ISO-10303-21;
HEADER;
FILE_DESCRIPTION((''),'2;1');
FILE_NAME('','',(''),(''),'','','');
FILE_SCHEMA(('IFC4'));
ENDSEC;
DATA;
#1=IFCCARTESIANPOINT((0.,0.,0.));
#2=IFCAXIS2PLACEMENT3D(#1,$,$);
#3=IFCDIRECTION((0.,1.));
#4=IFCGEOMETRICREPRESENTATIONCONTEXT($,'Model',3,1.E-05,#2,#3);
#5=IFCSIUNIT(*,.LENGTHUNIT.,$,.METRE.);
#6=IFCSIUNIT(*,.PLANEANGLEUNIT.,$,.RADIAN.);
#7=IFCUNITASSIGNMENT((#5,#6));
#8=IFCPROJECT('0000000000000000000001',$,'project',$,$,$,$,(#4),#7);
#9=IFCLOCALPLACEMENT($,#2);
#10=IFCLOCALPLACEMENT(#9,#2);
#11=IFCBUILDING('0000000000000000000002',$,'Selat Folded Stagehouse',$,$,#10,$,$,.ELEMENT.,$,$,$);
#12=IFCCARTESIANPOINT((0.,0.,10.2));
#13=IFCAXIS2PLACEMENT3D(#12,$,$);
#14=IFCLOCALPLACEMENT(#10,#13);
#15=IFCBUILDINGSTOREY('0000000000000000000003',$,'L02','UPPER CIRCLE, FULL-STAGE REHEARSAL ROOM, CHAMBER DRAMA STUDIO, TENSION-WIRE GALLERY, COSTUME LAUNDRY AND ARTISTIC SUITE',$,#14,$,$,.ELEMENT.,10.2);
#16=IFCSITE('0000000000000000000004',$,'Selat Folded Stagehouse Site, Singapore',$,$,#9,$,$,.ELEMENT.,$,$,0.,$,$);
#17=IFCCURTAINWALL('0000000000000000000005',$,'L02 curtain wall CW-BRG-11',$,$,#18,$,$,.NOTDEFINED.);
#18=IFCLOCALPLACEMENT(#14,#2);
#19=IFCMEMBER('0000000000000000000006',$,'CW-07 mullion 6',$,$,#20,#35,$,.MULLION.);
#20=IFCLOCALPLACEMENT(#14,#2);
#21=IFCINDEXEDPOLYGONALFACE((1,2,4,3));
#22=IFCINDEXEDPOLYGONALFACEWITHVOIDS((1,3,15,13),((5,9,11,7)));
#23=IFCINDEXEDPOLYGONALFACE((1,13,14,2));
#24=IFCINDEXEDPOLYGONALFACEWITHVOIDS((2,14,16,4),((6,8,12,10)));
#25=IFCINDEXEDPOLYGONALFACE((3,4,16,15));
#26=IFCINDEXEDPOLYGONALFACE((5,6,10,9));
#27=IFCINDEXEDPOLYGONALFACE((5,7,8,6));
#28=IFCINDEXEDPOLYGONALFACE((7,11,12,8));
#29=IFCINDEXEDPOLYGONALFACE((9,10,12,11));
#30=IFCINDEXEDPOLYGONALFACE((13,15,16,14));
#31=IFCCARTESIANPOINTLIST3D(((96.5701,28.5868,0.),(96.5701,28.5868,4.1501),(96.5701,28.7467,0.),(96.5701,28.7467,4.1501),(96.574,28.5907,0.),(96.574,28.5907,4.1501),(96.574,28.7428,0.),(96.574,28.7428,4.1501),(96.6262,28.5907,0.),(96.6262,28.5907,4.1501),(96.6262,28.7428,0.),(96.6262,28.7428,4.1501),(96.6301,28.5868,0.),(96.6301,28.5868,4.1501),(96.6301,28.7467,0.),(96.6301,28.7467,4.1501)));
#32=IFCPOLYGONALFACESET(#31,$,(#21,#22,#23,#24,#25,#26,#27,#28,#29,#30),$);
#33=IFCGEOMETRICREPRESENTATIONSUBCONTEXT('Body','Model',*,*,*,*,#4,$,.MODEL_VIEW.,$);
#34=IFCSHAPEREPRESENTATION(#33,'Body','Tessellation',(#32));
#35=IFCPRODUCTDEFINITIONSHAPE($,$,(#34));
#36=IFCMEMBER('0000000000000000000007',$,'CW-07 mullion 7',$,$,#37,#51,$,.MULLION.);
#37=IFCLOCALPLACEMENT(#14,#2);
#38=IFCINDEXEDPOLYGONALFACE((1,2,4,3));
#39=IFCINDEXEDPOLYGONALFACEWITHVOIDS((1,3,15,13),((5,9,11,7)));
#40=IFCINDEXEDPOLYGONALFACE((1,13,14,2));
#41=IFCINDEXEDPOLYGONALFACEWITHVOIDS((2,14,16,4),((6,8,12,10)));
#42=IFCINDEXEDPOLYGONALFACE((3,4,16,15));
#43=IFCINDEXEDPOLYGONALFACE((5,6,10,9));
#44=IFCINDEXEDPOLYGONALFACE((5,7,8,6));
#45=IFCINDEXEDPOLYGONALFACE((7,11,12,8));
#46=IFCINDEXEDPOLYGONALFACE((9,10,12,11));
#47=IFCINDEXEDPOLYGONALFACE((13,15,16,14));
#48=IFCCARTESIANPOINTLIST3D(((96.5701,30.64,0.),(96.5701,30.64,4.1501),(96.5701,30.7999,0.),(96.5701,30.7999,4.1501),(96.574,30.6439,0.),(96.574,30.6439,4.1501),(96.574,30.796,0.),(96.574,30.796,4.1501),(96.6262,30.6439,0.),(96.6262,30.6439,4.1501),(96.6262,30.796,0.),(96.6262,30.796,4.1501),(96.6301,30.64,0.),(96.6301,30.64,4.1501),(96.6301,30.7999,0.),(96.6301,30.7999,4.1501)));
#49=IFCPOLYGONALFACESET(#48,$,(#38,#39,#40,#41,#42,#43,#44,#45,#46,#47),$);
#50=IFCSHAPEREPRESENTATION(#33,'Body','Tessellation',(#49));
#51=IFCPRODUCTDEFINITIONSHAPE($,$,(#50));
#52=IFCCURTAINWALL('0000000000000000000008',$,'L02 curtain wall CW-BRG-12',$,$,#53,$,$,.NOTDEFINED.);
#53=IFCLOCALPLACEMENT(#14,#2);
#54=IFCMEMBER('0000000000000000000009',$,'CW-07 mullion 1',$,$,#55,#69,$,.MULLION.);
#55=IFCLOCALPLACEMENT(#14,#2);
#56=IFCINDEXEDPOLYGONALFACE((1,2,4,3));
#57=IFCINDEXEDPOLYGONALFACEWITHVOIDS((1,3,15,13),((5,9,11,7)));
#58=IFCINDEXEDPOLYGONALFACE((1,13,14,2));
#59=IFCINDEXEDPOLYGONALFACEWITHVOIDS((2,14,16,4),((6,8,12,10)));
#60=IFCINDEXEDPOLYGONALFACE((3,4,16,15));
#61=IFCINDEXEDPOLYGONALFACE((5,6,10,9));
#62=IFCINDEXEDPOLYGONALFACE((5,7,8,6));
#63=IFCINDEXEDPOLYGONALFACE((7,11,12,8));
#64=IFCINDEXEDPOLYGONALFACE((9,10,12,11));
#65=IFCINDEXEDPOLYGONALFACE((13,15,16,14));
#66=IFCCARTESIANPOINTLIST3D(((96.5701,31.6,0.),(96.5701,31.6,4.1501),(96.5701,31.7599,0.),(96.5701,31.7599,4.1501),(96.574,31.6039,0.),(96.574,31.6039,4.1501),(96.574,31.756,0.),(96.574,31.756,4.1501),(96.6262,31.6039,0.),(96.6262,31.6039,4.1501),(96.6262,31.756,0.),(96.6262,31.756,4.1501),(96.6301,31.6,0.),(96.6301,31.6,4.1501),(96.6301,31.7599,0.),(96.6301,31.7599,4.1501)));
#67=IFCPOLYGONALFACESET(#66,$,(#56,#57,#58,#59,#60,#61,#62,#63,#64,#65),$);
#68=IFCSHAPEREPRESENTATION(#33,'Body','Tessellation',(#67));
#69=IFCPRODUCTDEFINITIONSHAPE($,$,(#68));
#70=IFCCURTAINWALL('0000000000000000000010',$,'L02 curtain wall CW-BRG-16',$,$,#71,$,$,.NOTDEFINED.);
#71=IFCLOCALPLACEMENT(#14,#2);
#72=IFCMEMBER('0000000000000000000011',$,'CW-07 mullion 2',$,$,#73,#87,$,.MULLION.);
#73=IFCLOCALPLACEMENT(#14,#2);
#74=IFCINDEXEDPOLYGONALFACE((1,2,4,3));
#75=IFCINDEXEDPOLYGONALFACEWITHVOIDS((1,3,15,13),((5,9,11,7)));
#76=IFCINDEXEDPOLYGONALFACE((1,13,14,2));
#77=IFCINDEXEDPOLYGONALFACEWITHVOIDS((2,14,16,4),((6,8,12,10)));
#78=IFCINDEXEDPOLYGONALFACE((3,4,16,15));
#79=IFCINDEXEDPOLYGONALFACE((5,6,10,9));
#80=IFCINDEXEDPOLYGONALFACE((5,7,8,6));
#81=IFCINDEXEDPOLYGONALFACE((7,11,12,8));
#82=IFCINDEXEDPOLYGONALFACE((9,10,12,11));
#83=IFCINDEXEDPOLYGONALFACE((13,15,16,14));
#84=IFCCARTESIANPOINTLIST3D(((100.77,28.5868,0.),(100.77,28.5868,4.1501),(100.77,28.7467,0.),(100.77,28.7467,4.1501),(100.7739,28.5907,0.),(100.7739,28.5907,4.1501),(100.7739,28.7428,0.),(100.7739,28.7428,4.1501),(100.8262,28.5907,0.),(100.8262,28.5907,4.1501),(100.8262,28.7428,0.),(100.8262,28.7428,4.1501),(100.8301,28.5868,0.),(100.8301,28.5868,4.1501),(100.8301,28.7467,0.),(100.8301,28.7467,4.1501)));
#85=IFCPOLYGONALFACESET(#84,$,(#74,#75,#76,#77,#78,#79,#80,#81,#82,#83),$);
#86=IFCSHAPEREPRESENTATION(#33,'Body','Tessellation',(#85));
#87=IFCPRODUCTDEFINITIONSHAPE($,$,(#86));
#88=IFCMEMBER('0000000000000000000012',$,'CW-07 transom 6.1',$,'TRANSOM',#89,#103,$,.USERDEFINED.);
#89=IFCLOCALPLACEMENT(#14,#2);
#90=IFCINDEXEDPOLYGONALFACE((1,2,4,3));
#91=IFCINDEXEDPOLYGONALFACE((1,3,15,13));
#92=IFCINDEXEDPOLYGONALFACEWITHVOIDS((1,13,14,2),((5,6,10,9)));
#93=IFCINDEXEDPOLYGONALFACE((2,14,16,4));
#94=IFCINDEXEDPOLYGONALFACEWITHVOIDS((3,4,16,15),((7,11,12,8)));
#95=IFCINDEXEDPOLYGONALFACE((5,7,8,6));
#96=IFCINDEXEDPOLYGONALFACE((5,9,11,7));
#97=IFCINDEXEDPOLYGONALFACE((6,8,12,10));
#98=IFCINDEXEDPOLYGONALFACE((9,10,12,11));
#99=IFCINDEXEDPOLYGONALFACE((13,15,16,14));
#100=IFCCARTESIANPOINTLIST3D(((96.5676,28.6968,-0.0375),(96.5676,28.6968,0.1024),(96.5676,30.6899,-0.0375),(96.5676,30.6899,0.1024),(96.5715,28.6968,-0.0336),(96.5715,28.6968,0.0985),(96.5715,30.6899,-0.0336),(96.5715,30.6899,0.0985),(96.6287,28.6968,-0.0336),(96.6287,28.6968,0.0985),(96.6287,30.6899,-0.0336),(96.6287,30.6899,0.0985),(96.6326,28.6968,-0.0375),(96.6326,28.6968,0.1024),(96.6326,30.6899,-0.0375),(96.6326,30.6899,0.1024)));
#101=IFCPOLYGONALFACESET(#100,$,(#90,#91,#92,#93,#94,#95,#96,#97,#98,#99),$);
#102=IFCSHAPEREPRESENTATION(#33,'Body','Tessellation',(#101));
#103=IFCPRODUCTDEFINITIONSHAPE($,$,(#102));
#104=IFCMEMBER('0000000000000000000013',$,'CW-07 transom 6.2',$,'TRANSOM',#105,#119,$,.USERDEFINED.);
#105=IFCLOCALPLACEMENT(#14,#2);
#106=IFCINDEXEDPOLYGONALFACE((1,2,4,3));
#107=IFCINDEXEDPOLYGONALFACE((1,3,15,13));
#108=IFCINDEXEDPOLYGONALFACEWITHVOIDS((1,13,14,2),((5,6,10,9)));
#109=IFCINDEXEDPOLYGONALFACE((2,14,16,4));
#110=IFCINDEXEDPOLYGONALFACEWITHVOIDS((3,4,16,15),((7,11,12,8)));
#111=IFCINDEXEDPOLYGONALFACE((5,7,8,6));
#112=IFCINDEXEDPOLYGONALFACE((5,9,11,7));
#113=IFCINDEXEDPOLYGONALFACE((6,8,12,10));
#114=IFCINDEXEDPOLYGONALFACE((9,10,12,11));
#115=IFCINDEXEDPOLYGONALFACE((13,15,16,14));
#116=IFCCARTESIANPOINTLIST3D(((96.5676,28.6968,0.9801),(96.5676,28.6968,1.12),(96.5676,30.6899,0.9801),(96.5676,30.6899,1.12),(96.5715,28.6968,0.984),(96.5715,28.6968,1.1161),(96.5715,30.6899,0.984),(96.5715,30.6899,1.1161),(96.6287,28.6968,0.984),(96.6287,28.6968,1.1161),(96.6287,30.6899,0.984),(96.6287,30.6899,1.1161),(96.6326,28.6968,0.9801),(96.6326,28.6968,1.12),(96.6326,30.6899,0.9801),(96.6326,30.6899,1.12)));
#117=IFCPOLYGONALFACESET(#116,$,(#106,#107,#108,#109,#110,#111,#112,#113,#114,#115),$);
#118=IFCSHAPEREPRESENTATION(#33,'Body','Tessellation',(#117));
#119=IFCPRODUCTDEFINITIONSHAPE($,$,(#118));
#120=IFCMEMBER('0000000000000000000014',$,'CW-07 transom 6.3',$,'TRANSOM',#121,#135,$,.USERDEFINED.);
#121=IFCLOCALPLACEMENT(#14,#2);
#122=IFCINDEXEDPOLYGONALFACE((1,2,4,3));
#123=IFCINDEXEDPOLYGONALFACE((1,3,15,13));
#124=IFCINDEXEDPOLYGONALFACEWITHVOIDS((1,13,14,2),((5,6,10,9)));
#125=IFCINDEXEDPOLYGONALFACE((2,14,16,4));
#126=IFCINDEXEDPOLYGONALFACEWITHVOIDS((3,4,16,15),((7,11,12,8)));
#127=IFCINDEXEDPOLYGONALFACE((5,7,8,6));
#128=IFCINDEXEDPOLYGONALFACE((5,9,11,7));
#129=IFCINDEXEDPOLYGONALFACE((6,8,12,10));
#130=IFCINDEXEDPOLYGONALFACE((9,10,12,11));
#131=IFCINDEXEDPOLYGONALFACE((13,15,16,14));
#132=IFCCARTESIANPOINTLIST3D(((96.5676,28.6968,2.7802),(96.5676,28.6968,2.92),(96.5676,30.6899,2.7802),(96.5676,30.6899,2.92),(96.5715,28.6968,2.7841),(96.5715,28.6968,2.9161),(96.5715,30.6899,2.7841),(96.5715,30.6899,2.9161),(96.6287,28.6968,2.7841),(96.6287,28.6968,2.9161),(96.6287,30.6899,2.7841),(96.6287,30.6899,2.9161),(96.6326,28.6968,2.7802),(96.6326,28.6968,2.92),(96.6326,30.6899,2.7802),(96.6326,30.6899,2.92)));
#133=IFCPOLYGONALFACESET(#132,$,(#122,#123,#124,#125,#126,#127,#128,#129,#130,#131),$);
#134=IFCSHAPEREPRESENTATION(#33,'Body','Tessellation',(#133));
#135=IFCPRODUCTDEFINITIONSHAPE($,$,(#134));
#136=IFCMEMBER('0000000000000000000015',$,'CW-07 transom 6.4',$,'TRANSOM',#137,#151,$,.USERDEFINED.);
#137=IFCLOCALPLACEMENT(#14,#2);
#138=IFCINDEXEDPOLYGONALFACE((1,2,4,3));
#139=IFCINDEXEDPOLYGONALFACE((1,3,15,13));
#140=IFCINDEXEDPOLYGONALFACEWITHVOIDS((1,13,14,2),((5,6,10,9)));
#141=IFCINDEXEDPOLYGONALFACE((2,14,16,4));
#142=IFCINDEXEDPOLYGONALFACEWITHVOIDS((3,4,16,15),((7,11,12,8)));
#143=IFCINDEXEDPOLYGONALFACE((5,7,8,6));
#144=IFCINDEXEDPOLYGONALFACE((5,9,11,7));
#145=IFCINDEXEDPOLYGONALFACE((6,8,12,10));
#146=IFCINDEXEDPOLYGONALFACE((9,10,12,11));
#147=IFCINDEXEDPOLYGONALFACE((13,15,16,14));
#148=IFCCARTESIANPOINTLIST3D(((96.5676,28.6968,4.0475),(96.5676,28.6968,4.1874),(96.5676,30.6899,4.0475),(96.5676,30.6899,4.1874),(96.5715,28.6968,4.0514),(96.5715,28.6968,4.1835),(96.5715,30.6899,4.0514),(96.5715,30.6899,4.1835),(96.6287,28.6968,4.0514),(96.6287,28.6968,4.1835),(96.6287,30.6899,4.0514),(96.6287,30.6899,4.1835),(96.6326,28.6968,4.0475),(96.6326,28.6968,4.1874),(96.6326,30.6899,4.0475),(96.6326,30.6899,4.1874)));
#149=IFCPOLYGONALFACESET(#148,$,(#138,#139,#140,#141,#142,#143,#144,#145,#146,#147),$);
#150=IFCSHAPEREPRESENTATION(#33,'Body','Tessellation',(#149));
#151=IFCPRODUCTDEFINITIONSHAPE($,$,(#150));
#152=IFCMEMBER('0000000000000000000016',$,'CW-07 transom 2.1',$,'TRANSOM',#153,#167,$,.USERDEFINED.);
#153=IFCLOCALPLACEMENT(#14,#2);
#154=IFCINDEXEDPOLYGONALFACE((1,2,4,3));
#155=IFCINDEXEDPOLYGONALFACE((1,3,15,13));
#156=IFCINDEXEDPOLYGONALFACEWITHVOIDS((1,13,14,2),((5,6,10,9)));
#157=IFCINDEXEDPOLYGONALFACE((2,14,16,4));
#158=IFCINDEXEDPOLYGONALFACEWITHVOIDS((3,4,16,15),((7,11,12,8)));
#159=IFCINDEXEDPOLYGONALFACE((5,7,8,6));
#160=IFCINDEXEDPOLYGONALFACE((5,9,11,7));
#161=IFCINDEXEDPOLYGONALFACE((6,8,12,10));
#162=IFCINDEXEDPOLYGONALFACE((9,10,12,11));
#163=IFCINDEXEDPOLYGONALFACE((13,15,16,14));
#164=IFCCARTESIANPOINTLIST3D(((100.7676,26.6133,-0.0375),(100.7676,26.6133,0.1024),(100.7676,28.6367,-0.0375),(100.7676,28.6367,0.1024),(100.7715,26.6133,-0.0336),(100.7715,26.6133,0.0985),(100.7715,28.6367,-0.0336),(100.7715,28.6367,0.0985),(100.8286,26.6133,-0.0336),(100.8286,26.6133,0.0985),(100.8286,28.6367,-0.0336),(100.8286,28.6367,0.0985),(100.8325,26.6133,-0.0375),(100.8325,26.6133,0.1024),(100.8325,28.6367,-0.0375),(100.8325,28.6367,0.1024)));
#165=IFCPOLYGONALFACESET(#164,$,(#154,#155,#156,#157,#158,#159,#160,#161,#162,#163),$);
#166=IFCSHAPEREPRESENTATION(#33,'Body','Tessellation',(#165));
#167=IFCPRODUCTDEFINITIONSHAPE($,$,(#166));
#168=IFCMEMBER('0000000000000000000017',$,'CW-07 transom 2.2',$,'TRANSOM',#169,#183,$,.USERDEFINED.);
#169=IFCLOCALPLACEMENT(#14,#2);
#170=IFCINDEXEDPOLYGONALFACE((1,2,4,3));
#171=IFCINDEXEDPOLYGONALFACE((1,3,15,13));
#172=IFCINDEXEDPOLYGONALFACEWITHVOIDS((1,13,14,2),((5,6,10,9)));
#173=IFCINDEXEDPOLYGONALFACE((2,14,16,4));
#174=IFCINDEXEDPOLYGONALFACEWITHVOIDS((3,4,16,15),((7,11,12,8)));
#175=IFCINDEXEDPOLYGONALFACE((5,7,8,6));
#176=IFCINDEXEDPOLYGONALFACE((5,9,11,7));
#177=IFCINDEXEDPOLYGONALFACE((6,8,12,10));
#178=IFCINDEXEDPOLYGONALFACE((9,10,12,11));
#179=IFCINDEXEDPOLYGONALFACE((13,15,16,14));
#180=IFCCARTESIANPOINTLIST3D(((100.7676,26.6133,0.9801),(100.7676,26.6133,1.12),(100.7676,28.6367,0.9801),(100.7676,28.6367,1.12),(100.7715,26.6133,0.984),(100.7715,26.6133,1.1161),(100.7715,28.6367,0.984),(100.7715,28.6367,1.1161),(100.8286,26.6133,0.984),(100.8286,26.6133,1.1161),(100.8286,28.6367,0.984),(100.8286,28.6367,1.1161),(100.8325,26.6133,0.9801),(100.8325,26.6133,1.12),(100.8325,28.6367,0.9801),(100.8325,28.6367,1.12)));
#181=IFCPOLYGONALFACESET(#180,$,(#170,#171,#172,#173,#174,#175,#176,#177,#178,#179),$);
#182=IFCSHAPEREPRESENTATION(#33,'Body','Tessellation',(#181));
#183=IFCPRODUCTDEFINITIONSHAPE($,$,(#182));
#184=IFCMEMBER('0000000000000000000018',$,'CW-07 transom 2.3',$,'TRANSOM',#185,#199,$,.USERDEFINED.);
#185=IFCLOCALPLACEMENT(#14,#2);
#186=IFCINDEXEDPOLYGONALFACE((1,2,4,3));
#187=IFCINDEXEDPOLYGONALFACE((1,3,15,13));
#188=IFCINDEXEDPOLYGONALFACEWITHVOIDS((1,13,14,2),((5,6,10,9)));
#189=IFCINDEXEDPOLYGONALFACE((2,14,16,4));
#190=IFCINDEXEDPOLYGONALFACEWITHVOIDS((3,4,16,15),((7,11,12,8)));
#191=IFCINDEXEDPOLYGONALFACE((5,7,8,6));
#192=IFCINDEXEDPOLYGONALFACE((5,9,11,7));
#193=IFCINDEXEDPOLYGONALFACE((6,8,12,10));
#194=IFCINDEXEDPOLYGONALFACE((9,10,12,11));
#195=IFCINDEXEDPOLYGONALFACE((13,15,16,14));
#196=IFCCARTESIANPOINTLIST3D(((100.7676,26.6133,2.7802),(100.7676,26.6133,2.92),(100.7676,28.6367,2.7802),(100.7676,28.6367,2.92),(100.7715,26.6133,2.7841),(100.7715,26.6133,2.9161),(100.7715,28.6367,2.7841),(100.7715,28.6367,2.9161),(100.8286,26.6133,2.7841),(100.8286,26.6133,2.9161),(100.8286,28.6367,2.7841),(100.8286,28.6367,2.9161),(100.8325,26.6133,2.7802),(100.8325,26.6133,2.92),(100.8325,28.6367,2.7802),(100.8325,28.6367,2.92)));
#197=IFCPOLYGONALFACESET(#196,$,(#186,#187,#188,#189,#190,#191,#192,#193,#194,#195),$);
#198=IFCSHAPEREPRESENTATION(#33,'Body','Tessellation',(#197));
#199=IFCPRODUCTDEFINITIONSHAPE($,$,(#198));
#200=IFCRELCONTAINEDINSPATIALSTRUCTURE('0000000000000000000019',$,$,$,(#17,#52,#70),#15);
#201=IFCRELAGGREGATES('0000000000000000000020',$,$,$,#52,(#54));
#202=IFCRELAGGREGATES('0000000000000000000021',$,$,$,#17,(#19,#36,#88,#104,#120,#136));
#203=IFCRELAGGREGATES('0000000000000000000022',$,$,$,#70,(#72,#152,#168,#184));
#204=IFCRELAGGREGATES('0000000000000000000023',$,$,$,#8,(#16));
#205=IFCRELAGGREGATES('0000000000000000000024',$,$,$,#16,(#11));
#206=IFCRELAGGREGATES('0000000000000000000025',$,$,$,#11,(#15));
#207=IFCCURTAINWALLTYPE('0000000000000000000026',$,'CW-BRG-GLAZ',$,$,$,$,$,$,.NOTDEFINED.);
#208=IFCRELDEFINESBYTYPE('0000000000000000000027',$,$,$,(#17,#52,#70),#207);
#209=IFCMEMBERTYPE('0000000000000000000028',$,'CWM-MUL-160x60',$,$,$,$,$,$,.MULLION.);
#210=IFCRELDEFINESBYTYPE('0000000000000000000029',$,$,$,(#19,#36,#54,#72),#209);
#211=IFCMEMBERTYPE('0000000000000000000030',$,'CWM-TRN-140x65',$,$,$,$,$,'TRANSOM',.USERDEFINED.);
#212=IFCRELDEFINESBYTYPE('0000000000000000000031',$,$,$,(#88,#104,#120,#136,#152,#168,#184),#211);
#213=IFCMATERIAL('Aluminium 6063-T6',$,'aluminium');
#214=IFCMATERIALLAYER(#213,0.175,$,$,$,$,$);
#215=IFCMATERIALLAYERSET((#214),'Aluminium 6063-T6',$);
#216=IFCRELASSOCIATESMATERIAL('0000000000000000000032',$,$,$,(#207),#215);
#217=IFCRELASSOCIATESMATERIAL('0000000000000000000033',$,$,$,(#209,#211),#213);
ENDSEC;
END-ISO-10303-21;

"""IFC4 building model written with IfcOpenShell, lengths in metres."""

from ifc_helpers import new_model, si_unit, direction, frame, origin, origin_2d, place, context, subcontext, project, spatial, hollow_rectangle, extrude, material, layer, layer_set, material_profile, profile_set, type_object, element, aggregate, save


model = new_model("IFC4")

# Units and contexts
model_context = context("Model", 3, precision=1e-05, world=origin(), true_north=direction((0.0, 1.0)))
body_context = subcontext(model_context, "Body", "Model", "MODEL_VIEW")
ifc_project = project(units=[si_unit("LENGTHUNIT", "METRE"), si_unit("PLANEANGLEUNIT", "RADIAN")], contexts=[model_context])

# Site, building, storey
site_placement = place(None, origin())
site = spatial("IfcSite", under=ifc_project, at=site_placement, Name="Selat Folded Stagehouse Site, Singapore", CompositionType="ELEMENT", RefElevation=0.0)
building_placement = place(site_placement, origin())
building = spatial("IfcBuilding", under=site, at=building_placement, Name="Selat Folded Stagehouse", CompositionType="ELEMENT")
storey_placement = place(building_placement, frame((0.0, 0.0, 10.2)))
storey = spatial("IfcBuildingStorey", under=building, at=storey_placement, Name="L02", Description="UPPER CIRCLE, FULL-STAGE REHEARSAL ROOM, CHAMBER DRAMA STUDIO, TENSION-WIRE GALLERY, COSTUME LAUNDRY AND ARTISTIC SUITE", CompositionType="ELEMENT", Elevation=10.2)

# Curtain wall, members
ifc_material_1 = material(Name="Aluminium 6063-T6", Category="aluminium")
ifc_layer_1 = layer(ifc_material_1, 0.175)
ifc_layer_set_1 = layer_set([ifc_layer_1], Name="Aluminium 6063-T6")
curtain_wall_type = type_object("IfcCurtainWallType", Name="CW-BRG-GLAZ", PredefinedType="NOTDEFINED", material=ifc_layer_set_1)
curtain_wall_1_placement = place(storey_placement, origin())
curtain_wall_1 = element("IfcCurtainWall", 1, at=curtain_wall_1_placement, inside=storey, type_object=curtain_wall_type, Name="L02 curtain wall CW-BRG-11", PredefinedType="NOTDEFINED")
ifc_material_profile_1 = material_profile(ifc_material_1, hollow_rectangle(XDim=0.0601, YDim=0.1599, WallThickness=0.0039, at=origin_2d()), Name="ALU 160x60x4.0")
ifc_profile_set_1 = profile_set([ifc_material_profile_1], Name="Aluminium 6063-T6")
member_type_1 = type_object("IfcMemberType", Name="CWM-MUL-160x60", PredefinedType="MULLION", material=ifc_profile_set_1)
member_1_placement = place(storey_placement, frame((96.6001, 28.6667, 0.0), z_axis=(0.0, 0.0, 1.0), x_axis=(-1.0, 0.0, 0.0)))
member_1 = element("IfcMember", 2, at=member_1_placement, type_object=member_type_1, Name="CW-07 mullion 6", PredefinedType="MULLION", context=body_context, shape_type="SweptSolid", body=[
    extrude(hollow_rectangle(XDim=0.0601, YDim=0.1599, WallThickness=0.0039, at=origin_2d()), origin(), (0.0, 0.0, 1.0), 4.1501),
])
member_2_placement = place(storey_placement, frame((96.6001, 30.72, 0.0), z_axis=(0.0, 0.0, 1.0), x_axis=(-1.0, 0.0, 0.0)))
member_2 = element("IfcMember", 3, at=member_2_placement, type_object=member_type_1, Name="CW-07 mullion 7", PredefinedType="MULLION", context=body_context, shape_type="SweptSolid", body=[
    extrude(hollow_rectangle(XDim=0.0601, YDim=0.1599, WallThickness=0.0039, at=origin_2d()), origin(), (0.0, 0.0, 1.0), 4.1501),
])

# Curtain walls, members
curtain_wall_2_placement = place(storey_placement, origin())
curtain_wall_2 = element("IfcCurtainWall", 4, at=curtain_wall_2_placement, inside=storey, type_object=curtain_wall_type, Name="L02 curtain wall CW-BRG-12", PredefinedType="NOTDEFINED")
member_3_placement = place(storey_placement, frame((96.6001, 31.6799, 0.0), z_axis=(0.0, 0.0, 1.0), x_axis=(-1.0, 0.0, 0.0)))
member_3 = element("IfcMember", 5, at=member_3_placement, type_object=member_type_1, Name="CW-07 mullion 1", PredefinedType="MULLION", context=body_context, shape_type="SweptSolid", body=[
    extrude(hollow_rectangle(XDim=0.0601, YDim=0.1599, WallThickness=0.0039, at=origin_2d()), origin(), (0.0, 0.0, 1.0), 4.1501),
])
aggregate(curtain_wall_2, [member_3])
curtain_wall_3_placement = place(storey_placement, origin())
curtain_wall_3 = element("IfcCurtainWall", 6, at=curtain_wall_3_placement, inside=storey, type_object=curtain_wall_type, Name="L02 curtain wall CW-BRG-16", PredefinedType="NOTDEFINED")
member_4_placement = place(storey_placement, frame((100.8, 28.6667, 0.0), z_axis=(0.0, 0.0, 1.0), x_axis=(1.0, 0.0, 0.0)))
member_4 = element("IfcMember", 7, at=member_4_placement, type_object=member_type_1, Name="CW-07 mullion 2", PredefinedType="MULLION", context=body_context, shape_type="SweptSolid", body=[
    extrude(hollow_rectangle(XDim=0.0601, YDim=0.1599, WallThickness=0.0039, at=origin_2d()), origin(), (0.0, 0.0, 1.0), 4.1501),
])

# Members
ifc_material_profile_2 = material_profile(ifc_material_1, hollow_rectangle(XDim=0.0649, YDim=0.1399, WallThickness=0.0039, at=origin_2d()), Name="ALU 140x65x4.0")
ifc_profile_set_2 = profile_set([ifc_material_profile_2], Name="Aluminium 6063-T6")
member_type_2 = type_object("IfcMemberType", Name="CWM-TRN-140x65", ElementType="TRANSOM", PredefinedType="USERDEFINED", material=ifc_profile_set_2)
member_5_placement = place(storey_placement, frame((96.6001, 28.6968, 0.0325), z_axis=(0.0, 1.0, 0.0), x_axis=(-1.0, 0.0, 0.0)))
member_5 = element("IfcMember", 8, at=member_5_placement, type_object=member_type_2, Name="CW-07 transom 6.1", ObjectType="TRANSOM", PredefinedType="USERDEFINED", context=body_context, shape_type="SweptSolid", body=[
    extrude(hollow_rectangle(XDim=0.0649, YDim=0.1399, WallThickness=0.0039, at=origin_2d()), origin(), (0.0, 0.0, 1.0), 1.9932),
])
member_6_placement = place(storey_placement, frame((96.6001, 28.6968, 1.05), z_axis=(0.0, 1.0, 0.0), x_axis=(-1.0, 0.0, 0.0)))
member_6 = element("IfcMember", 9, at=member_6_placement, type_object=member_type_2, Name="CW-07 transom 6.2", ObjectType="TRANSOM", PredefinedType="USERDEFINED", context=body_context, shape_type="SweptSolid", body=[
    extrude(hollow_rectangle(XDim=0.0649, YDim=0.1399, WallThickness=0.0039, at=origin_2d()), origin(), (0.0, 0.0, 1.0), 1.9932),
])
member_7_placement = place(storey_placement, frame((96.6001, 28.6968, 2.8501), z_axis=(0.0, 1.0, 0.0), x_axis=(-1.0, 0.0, 0.0)))
member_7 = element("IfcMember", 10, at=member_7_placement, type_object=member_type_2, Name="CW-07 transom 6.3", ObjectType="TRANSOM", PredefinedType="USERDEFINED", context=body_context, shape_type="SweptSolid", body=[
    extrude(hollow_rectangle(XDim=0.0649, YDim=0.1399, WallThickness=0.0039, at=origin_2d()), origin(), (0.0, 0.0, 1.0), 1.9932),
])
member_8_placement = place(storey_placement, frame((96.6001, 28.6968, 4.1174), z_axis=(0.0, 1.0, 0.0), x_axis=(-1.0, 0.0, 0.0)))
member_8 = element("IfcMember", 11, at=member_8_placement, type_object=member_type_2, Name="CW-07 transom 6.4", ObjectType="TRANSOM", PredefinedType="USERDEFINED", context=body_context, shape_type="SweptSolid", body=[
    extrude(hollow_rectangle(XDim=0.0649, YDim=0.1399, WallThickness=0.0039, at=origin_2d()), origin(), (0.0, 0.0, 1.0), 1.9932),
])
member_9_placement = place(storey_placement, frame((100.8, 28.6367, 0.0325), z_axis=(0.0, -1.0, 0.0), x_axis=(1.0, 0.0, 0.0)))
member_9 = element("IfcMember", 12, at=member_9_placement, type_object=member_type_2, Name="CW-07 transom 2.1", ObjectType="TRANSOM", PredefinedType="USERDEFINED", context=body_context, shape_type="SweptSolid", body=[
    extrude(hollow_rectangle(XDim=0.0649, YDim=0.1399, WallThickness=0.0039, at=origin_2d()), origin(), (0.0, 0.0, 1.0), 2.0234),
])
member_10_placement = place(storey_placement, frame((100.8, 28.6367, 1.05), z_axis=(0.0, -1.0, 0.0), x_axis=(1.0, 0.0, 0.0)))
member_10 = element("IfcMember", 13, at=member_10_placement, type_object=member_type_2, Name="CW-07 transom 2.2", ObjectType="TRANSOM", PredefinedType="USERDEFINED", context=body_context, shape_type="SweptSolid", body=[
    extrude(hollow_rectangle(XDim=0.0649, YDim=0.1399, WallThickness=0.0039, at=origin_2d()), origin(), (0.0, 0.0, 1.0), 2.0234),
])
member_11_placement = place(storey_placement, frame((100.8, 28.6367, 2.8501), z_axis=(0.0, -1.0, 0.0), x_axis=(1.0, 0.0, 0.0)))
member_11 = element("IfcMember", 14, at=member_11_placement, type_object=member_type_2, Name="CW-07 transom 2.3", ObjectType="TRANSOM", PredefinedType="USERDEFINED", context=body_context, shape_type="SweptSolid", body=[
    extrude(hollow_rectangle(XDim=0.0649, YDim=0.1399, WallThickness=0.0039, at=origin_2d()), origin(), (0.0, 0.0, 1.0), 2.0234),
])

aggregate(curtain_wall_1, [member_1, member_2, member_5, member_6, member_7, member_8])
aggregate(curtain_wall_3, [member_4, member_9, member_10, member_11])

save(model, "model.ifc")
